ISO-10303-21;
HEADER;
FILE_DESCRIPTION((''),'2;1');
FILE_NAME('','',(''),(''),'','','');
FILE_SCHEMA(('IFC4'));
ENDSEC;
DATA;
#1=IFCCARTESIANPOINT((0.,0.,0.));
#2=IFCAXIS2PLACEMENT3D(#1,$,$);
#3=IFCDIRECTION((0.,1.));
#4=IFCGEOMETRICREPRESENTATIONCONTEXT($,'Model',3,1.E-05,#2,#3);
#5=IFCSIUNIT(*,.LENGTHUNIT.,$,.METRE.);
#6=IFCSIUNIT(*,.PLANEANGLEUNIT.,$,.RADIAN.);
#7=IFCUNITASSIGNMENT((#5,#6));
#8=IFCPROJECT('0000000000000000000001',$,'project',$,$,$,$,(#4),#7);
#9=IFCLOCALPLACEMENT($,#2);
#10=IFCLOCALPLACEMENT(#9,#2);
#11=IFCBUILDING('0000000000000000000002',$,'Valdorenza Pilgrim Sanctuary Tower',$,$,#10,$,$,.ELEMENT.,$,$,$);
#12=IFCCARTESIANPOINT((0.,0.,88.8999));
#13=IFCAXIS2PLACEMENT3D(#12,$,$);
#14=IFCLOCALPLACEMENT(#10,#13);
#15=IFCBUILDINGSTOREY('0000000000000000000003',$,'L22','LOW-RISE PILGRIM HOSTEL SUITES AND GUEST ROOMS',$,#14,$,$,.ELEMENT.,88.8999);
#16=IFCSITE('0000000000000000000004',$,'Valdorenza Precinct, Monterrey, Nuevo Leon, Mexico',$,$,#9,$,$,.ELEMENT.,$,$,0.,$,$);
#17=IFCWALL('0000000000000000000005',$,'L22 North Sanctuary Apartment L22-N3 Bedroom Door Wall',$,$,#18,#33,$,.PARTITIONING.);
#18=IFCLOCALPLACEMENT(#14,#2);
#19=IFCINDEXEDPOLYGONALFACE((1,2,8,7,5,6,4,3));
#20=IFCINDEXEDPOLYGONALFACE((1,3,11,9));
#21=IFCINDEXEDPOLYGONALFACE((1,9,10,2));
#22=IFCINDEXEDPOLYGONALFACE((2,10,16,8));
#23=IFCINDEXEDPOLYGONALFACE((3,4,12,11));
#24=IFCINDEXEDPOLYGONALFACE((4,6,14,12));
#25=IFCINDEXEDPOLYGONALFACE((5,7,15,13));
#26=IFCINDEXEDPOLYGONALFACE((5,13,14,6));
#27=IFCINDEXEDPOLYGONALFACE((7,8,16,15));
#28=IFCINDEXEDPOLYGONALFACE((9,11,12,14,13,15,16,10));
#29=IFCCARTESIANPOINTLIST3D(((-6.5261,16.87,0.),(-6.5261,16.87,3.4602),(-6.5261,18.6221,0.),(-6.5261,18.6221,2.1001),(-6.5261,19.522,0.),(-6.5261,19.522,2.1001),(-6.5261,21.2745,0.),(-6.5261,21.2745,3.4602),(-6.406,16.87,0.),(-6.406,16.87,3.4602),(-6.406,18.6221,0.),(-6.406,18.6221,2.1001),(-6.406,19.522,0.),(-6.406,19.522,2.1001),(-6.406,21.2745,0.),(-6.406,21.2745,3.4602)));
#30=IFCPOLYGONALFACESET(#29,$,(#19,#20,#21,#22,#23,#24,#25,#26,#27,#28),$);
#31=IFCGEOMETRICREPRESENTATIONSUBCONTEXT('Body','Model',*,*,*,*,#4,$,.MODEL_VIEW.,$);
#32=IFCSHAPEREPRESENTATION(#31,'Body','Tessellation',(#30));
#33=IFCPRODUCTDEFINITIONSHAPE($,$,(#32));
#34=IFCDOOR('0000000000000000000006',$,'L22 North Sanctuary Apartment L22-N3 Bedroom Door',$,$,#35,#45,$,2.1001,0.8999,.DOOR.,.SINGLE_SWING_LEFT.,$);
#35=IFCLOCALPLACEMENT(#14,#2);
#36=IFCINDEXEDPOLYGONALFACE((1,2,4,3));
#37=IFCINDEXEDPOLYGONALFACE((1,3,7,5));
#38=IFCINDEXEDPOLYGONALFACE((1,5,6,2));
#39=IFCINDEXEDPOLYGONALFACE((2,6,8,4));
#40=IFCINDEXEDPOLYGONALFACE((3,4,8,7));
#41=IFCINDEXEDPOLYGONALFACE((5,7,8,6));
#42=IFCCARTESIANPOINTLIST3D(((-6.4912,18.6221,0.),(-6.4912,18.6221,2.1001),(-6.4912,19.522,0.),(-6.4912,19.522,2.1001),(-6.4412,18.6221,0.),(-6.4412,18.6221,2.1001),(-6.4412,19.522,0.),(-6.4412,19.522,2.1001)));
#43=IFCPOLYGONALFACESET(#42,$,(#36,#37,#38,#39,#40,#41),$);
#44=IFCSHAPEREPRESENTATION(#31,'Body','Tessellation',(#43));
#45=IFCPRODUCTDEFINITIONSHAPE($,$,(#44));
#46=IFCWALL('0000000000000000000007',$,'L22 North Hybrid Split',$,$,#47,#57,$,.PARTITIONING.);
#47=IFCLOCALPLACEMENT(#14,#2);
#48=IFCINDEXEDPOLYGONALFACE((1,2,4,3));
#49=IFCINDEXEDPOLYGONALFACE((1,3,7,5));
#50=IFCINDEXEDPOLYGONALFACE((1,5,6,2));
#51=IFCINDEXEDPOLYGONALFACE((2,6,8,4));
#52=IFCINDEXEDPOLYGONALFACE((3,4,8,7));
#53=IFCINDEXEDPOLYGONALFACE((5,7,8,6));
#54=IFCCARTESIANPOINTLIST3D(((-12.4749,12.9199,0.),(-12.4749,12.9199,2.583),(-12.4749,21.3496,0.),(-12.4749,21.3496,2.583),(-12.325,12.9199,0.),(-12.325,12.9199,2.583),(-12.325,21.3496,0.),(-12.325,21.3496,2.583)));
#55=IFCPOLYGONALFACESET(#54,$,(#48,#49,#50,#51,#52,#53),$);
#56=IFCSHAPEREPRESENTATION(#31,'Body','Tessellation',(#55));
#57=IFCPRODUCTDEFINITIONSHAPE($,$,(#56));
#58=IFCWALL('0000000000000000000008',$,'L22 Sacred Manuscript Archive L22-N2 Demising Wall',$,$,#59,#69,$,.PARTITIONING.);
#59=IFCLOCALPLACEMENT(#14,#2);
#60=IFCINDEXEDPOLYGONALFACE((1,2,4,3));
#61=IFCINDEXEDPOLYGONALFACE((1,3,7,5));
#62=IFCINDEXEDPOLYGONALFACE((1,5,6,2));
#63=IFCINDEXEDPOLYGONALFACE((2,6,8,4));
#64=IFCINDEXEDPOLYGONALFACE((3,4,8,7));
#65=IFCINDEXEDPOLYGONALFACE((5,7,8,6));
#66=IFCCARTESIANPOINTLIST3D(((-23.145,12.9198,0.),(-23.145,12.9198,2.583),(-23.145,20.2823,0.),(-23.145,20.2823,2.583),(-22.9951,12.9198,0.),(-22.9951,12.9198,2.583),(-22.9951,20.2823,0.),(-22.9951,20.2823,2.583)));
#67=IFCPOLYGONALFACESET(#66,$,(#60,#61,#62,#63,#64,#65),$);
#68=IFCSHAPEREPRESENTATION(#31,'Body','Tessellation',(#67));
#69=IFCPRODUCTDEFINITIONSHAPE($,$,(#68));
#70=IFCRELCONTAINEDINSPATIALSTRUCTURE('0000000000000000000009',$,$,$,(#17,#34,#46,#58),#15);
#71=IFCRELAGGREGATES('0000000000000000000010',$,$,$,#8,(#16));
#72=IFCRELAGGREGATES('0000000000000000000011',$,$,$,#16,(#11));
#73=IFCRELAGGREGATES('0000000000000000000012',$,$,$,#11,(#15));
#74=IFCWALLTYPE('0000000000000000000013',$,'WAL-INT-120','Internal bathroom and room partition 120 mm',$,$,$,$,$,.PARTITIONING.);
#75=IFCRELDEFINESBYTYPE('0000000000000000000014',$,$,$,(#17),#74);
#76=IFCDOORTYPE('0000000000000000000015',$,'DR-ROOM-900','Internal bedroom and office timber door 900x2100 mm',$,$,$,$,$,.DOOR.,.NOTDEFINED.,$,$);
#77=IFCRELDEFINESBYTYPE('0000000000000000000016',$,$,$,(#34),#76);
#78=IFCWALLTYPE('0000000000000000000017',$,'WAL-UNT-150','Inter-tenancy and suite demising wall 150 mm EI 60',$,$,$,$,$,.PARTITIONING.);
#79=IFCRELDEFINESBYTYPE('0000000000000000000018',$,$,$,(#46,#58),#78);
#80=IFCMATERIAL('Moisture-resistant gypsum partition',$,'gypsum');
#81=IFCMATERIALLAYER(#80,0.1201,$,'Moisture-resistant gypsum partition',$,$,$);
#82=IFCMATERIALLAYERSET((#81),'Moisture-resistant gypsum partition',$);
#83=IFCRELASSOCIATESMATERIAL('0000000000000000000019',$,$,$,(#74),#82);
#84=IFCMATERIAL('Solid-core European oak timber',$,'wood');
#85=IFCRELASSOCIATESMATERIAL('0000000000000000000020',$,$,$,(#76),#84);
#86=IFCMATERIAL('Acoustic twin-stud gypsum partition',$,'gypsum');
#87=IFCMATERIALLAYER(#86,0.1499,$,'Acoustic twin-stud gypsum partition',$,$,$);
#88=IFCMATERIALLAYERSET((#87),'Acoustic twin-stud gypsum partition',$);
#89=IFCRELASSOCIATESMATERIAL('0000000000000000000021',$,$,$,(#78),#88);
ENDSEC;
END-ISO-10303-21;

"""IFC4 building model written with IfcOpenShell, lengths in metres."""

from ifc_helpers import new_model, si_unit, direction, frame, frame_2d, origin, place, context, subcontext, project, spatial, rectangle, extrude, material, layer, layer_set, type_object, element, fill, save


model = new_model("IFC4")

# Units and contexts
model_context = context("Model", 3, precision=1e-05, world=origin(), true_north=direction((0.0, 1.0)))
body_context = subcontext(model_context, "Body", "Model", "MODEL_VIEW")
ifc_project = project(units=[si_unit("LENGTHUNIT", "METRE"), si_unit("PLANEANGLEUNIT", "RADIAN")], contexts=[model_context])

# Site, building, storey
site_placement = place(None, origin())
site = spatial("IfcSite", under=ifc_project, at=site_placement, Name="Valdorenza Precinct, Monterrey, Nuevo Leon, Mexico", CompositionType="ELEMENT", RefElevation=0.0)
building_placement = place(site_placement, origin())
building = spatial("IfcBuilding", under=site, at=building_placement, Name="Valdorenza Pilgrim Sanctuary Tower", CompositionType="ELEMENT")
storey_placement = place(building_placement, frame((0.0, 0.0, 88.8999)))
storey = spatial("IfcBuildingStorey", under=building, at=storey_placement, Name="L22", Description="LOW-RISE PILGRIM HOSTEL SUITES AND GUEST ROOMS", CompositionType="ELEMENT", Elevation=88.8999)

# Shared definitions
ifc_material_1 = material(Name="Moisture-resistant gypsum partition", Category="gypsum")
ifc_layer_1 = layer(ifc_material_1, 0.1201, Name="Moisture-resistant gypsum partition")
ifc_layer_set_1 = layer_set([ifc_layer_1], Name="Moisture-resistant gypsum partition")
wall_type_1 = type_object("IfcWallType", Name="WAL-INT-120", Description="Internal bathroom and room partition 120 mm", PredefinedType="PARTITIONING", material=ifc_layer_set_1)

# Wall, opening, door
ifc_material_2 = material(Name="Solid-core European oak timber", Category="wood")
door_type_1 = type_object("IfcDoorType", Name="DR-ROOM-900", Description="Internal bedroom and office timber door 900x2100 mm", OperationType="NOTDEFINED", PredefinedType="DOOR", material=ifc_material_2)
wall_1_placement = place(storey_placement, frame((-6.4661, 16.8701, 0.0), z_axis=(0.0, 0.0, 1.0), x_axis=(0.0, 1.0, 0.0)))
wall_1 = element("IfcWall", 1, at=wall_1_placement, inside=storey, type_object=wall_type_1, Name="L22 North Sanctuary Apartment L22-N3 Bedroom Door Wall", PredefinedType="PARTITIONING", context=body_context, shape_type="SweptSolid", body=[
    extrude(rectangle(XDim=4.4045, YDim=0.1201, at=frame_2d((2.2021, 0.0))), origin(), (0.0, 0.0, 1.0), 3.4602),
])
opening_1_placement = place(wall_1_placement, frame((1.752, 0.0, 0.0)))
opening_1 = element("IfcOpeningElement", 2, at=opening_1_placement, cuts=wall_1, PredefinedType="OPENING", context=body_context, shape_type="SweptSolid", body=[
    extrude(rectangle(XDim=0.8999, YDim=2.1001, at=frame_2d((0.45, 1.05))), frame((0.0, 0.075, 0.0), z_axis=(0.0, -1.0, 0.0), x_axis=(1.0, 0.0, 0.0)), (0.0, 0.0, 1.0), 0.1499),
])
door_1_placement = place(opening_1_placement, frame((0.8999, 0.0, 0.0), z_axis=(0.0, 0.0, 1.0), x_axis=(-1.0, 0.0, 0.0)))
door_1 = element("IfcDoor", 3, at=door_1_placement, inside=storey, type_object=door_type_1, Name="L22 North Sanctuary Apartment L22-N3 Bedroom Door", OperationType="SINGLE_SWING_LEFT", OverallHeight=2.1001, OverallWidth=0.8999, PredefinedType="DOOR", context=body_context, shape_type="SweptSolid", body=[
    extrude(rectangle(XDim=0.8999, YDim=2.1001, at=frame_2d((0.45, 1.05))), frame((0.0, 0.0249, 0.0), z_axis=(0.0, -1.0, 0.0), x_axis=(1.0, 0.0, 0.0)), (0.0, 0.0, 1.0), 0.05),
])
fill(opening_1, door_1)

# Walls
ifc_material_3 = material(Name="Acoustic twin-stud gypsum partition", Category="gypsum")
ifc_layer_2 = layer(ifc_material_3, 0.1499, Name="Acoustic twin-stud gypsum partition")
ifc_layer_set_2 = layer_set([ifc_layer_2], Name="Acoustic twin-stud gypsum partition")
wall_type_2 = type_object("IfcWallType", Name="WAL-UNT-150", Description="Inter-tenancy and suite demising wall 150 mm EI 60", PredefinedType="PARTITIONING", material=ifc_layer_set_2)
wall_2_placement = place(storey_placement, frame((-12.3999, 12.9199, 0.0), z_axis=(0.0, 0.0, 1.0), x_axis=(0.0, 1.0, 0.0)))
element("IfcWall", 4, at=wall_2_placement, inside=storey, type_object=wall_type_2, Name="L22 North Hybrid Split", PredefinedType="PARTITIONING", context=body_context, shape_type="SweptSolid", body=[
    extrude(rectangle(XDim=8.4297, YDim=0.1499, at=frame_2d((4.2148, 0.0))), origin(), (0.0, 0.0, 1.0), 2.583),
])
wall_3_placement = place(storey_placement, frame((-23.0701, 12.9199, 0.0), z_axis=(0.0, 0.0, 1.0), x_axis=(0.0, 1.0, 0.0)))
element("IfcWall", 5, at=wall_3_placement, inside=storey, type_object=wall_type_2, Name="L22 Sacred Manuscript Archive L22-N2 Demising Wall", PredefinedType="PARTITIONING", context=body_context, shape_type="SweptSolid", body=[
    extrude(rectangle(XDim=7.3625, YDim=0.1499, at=frame_2d((3.6812, 0.0))), origin(), (0.0, 0.0, 1.0), 2.583),
])

save(model, "model.ifc")
